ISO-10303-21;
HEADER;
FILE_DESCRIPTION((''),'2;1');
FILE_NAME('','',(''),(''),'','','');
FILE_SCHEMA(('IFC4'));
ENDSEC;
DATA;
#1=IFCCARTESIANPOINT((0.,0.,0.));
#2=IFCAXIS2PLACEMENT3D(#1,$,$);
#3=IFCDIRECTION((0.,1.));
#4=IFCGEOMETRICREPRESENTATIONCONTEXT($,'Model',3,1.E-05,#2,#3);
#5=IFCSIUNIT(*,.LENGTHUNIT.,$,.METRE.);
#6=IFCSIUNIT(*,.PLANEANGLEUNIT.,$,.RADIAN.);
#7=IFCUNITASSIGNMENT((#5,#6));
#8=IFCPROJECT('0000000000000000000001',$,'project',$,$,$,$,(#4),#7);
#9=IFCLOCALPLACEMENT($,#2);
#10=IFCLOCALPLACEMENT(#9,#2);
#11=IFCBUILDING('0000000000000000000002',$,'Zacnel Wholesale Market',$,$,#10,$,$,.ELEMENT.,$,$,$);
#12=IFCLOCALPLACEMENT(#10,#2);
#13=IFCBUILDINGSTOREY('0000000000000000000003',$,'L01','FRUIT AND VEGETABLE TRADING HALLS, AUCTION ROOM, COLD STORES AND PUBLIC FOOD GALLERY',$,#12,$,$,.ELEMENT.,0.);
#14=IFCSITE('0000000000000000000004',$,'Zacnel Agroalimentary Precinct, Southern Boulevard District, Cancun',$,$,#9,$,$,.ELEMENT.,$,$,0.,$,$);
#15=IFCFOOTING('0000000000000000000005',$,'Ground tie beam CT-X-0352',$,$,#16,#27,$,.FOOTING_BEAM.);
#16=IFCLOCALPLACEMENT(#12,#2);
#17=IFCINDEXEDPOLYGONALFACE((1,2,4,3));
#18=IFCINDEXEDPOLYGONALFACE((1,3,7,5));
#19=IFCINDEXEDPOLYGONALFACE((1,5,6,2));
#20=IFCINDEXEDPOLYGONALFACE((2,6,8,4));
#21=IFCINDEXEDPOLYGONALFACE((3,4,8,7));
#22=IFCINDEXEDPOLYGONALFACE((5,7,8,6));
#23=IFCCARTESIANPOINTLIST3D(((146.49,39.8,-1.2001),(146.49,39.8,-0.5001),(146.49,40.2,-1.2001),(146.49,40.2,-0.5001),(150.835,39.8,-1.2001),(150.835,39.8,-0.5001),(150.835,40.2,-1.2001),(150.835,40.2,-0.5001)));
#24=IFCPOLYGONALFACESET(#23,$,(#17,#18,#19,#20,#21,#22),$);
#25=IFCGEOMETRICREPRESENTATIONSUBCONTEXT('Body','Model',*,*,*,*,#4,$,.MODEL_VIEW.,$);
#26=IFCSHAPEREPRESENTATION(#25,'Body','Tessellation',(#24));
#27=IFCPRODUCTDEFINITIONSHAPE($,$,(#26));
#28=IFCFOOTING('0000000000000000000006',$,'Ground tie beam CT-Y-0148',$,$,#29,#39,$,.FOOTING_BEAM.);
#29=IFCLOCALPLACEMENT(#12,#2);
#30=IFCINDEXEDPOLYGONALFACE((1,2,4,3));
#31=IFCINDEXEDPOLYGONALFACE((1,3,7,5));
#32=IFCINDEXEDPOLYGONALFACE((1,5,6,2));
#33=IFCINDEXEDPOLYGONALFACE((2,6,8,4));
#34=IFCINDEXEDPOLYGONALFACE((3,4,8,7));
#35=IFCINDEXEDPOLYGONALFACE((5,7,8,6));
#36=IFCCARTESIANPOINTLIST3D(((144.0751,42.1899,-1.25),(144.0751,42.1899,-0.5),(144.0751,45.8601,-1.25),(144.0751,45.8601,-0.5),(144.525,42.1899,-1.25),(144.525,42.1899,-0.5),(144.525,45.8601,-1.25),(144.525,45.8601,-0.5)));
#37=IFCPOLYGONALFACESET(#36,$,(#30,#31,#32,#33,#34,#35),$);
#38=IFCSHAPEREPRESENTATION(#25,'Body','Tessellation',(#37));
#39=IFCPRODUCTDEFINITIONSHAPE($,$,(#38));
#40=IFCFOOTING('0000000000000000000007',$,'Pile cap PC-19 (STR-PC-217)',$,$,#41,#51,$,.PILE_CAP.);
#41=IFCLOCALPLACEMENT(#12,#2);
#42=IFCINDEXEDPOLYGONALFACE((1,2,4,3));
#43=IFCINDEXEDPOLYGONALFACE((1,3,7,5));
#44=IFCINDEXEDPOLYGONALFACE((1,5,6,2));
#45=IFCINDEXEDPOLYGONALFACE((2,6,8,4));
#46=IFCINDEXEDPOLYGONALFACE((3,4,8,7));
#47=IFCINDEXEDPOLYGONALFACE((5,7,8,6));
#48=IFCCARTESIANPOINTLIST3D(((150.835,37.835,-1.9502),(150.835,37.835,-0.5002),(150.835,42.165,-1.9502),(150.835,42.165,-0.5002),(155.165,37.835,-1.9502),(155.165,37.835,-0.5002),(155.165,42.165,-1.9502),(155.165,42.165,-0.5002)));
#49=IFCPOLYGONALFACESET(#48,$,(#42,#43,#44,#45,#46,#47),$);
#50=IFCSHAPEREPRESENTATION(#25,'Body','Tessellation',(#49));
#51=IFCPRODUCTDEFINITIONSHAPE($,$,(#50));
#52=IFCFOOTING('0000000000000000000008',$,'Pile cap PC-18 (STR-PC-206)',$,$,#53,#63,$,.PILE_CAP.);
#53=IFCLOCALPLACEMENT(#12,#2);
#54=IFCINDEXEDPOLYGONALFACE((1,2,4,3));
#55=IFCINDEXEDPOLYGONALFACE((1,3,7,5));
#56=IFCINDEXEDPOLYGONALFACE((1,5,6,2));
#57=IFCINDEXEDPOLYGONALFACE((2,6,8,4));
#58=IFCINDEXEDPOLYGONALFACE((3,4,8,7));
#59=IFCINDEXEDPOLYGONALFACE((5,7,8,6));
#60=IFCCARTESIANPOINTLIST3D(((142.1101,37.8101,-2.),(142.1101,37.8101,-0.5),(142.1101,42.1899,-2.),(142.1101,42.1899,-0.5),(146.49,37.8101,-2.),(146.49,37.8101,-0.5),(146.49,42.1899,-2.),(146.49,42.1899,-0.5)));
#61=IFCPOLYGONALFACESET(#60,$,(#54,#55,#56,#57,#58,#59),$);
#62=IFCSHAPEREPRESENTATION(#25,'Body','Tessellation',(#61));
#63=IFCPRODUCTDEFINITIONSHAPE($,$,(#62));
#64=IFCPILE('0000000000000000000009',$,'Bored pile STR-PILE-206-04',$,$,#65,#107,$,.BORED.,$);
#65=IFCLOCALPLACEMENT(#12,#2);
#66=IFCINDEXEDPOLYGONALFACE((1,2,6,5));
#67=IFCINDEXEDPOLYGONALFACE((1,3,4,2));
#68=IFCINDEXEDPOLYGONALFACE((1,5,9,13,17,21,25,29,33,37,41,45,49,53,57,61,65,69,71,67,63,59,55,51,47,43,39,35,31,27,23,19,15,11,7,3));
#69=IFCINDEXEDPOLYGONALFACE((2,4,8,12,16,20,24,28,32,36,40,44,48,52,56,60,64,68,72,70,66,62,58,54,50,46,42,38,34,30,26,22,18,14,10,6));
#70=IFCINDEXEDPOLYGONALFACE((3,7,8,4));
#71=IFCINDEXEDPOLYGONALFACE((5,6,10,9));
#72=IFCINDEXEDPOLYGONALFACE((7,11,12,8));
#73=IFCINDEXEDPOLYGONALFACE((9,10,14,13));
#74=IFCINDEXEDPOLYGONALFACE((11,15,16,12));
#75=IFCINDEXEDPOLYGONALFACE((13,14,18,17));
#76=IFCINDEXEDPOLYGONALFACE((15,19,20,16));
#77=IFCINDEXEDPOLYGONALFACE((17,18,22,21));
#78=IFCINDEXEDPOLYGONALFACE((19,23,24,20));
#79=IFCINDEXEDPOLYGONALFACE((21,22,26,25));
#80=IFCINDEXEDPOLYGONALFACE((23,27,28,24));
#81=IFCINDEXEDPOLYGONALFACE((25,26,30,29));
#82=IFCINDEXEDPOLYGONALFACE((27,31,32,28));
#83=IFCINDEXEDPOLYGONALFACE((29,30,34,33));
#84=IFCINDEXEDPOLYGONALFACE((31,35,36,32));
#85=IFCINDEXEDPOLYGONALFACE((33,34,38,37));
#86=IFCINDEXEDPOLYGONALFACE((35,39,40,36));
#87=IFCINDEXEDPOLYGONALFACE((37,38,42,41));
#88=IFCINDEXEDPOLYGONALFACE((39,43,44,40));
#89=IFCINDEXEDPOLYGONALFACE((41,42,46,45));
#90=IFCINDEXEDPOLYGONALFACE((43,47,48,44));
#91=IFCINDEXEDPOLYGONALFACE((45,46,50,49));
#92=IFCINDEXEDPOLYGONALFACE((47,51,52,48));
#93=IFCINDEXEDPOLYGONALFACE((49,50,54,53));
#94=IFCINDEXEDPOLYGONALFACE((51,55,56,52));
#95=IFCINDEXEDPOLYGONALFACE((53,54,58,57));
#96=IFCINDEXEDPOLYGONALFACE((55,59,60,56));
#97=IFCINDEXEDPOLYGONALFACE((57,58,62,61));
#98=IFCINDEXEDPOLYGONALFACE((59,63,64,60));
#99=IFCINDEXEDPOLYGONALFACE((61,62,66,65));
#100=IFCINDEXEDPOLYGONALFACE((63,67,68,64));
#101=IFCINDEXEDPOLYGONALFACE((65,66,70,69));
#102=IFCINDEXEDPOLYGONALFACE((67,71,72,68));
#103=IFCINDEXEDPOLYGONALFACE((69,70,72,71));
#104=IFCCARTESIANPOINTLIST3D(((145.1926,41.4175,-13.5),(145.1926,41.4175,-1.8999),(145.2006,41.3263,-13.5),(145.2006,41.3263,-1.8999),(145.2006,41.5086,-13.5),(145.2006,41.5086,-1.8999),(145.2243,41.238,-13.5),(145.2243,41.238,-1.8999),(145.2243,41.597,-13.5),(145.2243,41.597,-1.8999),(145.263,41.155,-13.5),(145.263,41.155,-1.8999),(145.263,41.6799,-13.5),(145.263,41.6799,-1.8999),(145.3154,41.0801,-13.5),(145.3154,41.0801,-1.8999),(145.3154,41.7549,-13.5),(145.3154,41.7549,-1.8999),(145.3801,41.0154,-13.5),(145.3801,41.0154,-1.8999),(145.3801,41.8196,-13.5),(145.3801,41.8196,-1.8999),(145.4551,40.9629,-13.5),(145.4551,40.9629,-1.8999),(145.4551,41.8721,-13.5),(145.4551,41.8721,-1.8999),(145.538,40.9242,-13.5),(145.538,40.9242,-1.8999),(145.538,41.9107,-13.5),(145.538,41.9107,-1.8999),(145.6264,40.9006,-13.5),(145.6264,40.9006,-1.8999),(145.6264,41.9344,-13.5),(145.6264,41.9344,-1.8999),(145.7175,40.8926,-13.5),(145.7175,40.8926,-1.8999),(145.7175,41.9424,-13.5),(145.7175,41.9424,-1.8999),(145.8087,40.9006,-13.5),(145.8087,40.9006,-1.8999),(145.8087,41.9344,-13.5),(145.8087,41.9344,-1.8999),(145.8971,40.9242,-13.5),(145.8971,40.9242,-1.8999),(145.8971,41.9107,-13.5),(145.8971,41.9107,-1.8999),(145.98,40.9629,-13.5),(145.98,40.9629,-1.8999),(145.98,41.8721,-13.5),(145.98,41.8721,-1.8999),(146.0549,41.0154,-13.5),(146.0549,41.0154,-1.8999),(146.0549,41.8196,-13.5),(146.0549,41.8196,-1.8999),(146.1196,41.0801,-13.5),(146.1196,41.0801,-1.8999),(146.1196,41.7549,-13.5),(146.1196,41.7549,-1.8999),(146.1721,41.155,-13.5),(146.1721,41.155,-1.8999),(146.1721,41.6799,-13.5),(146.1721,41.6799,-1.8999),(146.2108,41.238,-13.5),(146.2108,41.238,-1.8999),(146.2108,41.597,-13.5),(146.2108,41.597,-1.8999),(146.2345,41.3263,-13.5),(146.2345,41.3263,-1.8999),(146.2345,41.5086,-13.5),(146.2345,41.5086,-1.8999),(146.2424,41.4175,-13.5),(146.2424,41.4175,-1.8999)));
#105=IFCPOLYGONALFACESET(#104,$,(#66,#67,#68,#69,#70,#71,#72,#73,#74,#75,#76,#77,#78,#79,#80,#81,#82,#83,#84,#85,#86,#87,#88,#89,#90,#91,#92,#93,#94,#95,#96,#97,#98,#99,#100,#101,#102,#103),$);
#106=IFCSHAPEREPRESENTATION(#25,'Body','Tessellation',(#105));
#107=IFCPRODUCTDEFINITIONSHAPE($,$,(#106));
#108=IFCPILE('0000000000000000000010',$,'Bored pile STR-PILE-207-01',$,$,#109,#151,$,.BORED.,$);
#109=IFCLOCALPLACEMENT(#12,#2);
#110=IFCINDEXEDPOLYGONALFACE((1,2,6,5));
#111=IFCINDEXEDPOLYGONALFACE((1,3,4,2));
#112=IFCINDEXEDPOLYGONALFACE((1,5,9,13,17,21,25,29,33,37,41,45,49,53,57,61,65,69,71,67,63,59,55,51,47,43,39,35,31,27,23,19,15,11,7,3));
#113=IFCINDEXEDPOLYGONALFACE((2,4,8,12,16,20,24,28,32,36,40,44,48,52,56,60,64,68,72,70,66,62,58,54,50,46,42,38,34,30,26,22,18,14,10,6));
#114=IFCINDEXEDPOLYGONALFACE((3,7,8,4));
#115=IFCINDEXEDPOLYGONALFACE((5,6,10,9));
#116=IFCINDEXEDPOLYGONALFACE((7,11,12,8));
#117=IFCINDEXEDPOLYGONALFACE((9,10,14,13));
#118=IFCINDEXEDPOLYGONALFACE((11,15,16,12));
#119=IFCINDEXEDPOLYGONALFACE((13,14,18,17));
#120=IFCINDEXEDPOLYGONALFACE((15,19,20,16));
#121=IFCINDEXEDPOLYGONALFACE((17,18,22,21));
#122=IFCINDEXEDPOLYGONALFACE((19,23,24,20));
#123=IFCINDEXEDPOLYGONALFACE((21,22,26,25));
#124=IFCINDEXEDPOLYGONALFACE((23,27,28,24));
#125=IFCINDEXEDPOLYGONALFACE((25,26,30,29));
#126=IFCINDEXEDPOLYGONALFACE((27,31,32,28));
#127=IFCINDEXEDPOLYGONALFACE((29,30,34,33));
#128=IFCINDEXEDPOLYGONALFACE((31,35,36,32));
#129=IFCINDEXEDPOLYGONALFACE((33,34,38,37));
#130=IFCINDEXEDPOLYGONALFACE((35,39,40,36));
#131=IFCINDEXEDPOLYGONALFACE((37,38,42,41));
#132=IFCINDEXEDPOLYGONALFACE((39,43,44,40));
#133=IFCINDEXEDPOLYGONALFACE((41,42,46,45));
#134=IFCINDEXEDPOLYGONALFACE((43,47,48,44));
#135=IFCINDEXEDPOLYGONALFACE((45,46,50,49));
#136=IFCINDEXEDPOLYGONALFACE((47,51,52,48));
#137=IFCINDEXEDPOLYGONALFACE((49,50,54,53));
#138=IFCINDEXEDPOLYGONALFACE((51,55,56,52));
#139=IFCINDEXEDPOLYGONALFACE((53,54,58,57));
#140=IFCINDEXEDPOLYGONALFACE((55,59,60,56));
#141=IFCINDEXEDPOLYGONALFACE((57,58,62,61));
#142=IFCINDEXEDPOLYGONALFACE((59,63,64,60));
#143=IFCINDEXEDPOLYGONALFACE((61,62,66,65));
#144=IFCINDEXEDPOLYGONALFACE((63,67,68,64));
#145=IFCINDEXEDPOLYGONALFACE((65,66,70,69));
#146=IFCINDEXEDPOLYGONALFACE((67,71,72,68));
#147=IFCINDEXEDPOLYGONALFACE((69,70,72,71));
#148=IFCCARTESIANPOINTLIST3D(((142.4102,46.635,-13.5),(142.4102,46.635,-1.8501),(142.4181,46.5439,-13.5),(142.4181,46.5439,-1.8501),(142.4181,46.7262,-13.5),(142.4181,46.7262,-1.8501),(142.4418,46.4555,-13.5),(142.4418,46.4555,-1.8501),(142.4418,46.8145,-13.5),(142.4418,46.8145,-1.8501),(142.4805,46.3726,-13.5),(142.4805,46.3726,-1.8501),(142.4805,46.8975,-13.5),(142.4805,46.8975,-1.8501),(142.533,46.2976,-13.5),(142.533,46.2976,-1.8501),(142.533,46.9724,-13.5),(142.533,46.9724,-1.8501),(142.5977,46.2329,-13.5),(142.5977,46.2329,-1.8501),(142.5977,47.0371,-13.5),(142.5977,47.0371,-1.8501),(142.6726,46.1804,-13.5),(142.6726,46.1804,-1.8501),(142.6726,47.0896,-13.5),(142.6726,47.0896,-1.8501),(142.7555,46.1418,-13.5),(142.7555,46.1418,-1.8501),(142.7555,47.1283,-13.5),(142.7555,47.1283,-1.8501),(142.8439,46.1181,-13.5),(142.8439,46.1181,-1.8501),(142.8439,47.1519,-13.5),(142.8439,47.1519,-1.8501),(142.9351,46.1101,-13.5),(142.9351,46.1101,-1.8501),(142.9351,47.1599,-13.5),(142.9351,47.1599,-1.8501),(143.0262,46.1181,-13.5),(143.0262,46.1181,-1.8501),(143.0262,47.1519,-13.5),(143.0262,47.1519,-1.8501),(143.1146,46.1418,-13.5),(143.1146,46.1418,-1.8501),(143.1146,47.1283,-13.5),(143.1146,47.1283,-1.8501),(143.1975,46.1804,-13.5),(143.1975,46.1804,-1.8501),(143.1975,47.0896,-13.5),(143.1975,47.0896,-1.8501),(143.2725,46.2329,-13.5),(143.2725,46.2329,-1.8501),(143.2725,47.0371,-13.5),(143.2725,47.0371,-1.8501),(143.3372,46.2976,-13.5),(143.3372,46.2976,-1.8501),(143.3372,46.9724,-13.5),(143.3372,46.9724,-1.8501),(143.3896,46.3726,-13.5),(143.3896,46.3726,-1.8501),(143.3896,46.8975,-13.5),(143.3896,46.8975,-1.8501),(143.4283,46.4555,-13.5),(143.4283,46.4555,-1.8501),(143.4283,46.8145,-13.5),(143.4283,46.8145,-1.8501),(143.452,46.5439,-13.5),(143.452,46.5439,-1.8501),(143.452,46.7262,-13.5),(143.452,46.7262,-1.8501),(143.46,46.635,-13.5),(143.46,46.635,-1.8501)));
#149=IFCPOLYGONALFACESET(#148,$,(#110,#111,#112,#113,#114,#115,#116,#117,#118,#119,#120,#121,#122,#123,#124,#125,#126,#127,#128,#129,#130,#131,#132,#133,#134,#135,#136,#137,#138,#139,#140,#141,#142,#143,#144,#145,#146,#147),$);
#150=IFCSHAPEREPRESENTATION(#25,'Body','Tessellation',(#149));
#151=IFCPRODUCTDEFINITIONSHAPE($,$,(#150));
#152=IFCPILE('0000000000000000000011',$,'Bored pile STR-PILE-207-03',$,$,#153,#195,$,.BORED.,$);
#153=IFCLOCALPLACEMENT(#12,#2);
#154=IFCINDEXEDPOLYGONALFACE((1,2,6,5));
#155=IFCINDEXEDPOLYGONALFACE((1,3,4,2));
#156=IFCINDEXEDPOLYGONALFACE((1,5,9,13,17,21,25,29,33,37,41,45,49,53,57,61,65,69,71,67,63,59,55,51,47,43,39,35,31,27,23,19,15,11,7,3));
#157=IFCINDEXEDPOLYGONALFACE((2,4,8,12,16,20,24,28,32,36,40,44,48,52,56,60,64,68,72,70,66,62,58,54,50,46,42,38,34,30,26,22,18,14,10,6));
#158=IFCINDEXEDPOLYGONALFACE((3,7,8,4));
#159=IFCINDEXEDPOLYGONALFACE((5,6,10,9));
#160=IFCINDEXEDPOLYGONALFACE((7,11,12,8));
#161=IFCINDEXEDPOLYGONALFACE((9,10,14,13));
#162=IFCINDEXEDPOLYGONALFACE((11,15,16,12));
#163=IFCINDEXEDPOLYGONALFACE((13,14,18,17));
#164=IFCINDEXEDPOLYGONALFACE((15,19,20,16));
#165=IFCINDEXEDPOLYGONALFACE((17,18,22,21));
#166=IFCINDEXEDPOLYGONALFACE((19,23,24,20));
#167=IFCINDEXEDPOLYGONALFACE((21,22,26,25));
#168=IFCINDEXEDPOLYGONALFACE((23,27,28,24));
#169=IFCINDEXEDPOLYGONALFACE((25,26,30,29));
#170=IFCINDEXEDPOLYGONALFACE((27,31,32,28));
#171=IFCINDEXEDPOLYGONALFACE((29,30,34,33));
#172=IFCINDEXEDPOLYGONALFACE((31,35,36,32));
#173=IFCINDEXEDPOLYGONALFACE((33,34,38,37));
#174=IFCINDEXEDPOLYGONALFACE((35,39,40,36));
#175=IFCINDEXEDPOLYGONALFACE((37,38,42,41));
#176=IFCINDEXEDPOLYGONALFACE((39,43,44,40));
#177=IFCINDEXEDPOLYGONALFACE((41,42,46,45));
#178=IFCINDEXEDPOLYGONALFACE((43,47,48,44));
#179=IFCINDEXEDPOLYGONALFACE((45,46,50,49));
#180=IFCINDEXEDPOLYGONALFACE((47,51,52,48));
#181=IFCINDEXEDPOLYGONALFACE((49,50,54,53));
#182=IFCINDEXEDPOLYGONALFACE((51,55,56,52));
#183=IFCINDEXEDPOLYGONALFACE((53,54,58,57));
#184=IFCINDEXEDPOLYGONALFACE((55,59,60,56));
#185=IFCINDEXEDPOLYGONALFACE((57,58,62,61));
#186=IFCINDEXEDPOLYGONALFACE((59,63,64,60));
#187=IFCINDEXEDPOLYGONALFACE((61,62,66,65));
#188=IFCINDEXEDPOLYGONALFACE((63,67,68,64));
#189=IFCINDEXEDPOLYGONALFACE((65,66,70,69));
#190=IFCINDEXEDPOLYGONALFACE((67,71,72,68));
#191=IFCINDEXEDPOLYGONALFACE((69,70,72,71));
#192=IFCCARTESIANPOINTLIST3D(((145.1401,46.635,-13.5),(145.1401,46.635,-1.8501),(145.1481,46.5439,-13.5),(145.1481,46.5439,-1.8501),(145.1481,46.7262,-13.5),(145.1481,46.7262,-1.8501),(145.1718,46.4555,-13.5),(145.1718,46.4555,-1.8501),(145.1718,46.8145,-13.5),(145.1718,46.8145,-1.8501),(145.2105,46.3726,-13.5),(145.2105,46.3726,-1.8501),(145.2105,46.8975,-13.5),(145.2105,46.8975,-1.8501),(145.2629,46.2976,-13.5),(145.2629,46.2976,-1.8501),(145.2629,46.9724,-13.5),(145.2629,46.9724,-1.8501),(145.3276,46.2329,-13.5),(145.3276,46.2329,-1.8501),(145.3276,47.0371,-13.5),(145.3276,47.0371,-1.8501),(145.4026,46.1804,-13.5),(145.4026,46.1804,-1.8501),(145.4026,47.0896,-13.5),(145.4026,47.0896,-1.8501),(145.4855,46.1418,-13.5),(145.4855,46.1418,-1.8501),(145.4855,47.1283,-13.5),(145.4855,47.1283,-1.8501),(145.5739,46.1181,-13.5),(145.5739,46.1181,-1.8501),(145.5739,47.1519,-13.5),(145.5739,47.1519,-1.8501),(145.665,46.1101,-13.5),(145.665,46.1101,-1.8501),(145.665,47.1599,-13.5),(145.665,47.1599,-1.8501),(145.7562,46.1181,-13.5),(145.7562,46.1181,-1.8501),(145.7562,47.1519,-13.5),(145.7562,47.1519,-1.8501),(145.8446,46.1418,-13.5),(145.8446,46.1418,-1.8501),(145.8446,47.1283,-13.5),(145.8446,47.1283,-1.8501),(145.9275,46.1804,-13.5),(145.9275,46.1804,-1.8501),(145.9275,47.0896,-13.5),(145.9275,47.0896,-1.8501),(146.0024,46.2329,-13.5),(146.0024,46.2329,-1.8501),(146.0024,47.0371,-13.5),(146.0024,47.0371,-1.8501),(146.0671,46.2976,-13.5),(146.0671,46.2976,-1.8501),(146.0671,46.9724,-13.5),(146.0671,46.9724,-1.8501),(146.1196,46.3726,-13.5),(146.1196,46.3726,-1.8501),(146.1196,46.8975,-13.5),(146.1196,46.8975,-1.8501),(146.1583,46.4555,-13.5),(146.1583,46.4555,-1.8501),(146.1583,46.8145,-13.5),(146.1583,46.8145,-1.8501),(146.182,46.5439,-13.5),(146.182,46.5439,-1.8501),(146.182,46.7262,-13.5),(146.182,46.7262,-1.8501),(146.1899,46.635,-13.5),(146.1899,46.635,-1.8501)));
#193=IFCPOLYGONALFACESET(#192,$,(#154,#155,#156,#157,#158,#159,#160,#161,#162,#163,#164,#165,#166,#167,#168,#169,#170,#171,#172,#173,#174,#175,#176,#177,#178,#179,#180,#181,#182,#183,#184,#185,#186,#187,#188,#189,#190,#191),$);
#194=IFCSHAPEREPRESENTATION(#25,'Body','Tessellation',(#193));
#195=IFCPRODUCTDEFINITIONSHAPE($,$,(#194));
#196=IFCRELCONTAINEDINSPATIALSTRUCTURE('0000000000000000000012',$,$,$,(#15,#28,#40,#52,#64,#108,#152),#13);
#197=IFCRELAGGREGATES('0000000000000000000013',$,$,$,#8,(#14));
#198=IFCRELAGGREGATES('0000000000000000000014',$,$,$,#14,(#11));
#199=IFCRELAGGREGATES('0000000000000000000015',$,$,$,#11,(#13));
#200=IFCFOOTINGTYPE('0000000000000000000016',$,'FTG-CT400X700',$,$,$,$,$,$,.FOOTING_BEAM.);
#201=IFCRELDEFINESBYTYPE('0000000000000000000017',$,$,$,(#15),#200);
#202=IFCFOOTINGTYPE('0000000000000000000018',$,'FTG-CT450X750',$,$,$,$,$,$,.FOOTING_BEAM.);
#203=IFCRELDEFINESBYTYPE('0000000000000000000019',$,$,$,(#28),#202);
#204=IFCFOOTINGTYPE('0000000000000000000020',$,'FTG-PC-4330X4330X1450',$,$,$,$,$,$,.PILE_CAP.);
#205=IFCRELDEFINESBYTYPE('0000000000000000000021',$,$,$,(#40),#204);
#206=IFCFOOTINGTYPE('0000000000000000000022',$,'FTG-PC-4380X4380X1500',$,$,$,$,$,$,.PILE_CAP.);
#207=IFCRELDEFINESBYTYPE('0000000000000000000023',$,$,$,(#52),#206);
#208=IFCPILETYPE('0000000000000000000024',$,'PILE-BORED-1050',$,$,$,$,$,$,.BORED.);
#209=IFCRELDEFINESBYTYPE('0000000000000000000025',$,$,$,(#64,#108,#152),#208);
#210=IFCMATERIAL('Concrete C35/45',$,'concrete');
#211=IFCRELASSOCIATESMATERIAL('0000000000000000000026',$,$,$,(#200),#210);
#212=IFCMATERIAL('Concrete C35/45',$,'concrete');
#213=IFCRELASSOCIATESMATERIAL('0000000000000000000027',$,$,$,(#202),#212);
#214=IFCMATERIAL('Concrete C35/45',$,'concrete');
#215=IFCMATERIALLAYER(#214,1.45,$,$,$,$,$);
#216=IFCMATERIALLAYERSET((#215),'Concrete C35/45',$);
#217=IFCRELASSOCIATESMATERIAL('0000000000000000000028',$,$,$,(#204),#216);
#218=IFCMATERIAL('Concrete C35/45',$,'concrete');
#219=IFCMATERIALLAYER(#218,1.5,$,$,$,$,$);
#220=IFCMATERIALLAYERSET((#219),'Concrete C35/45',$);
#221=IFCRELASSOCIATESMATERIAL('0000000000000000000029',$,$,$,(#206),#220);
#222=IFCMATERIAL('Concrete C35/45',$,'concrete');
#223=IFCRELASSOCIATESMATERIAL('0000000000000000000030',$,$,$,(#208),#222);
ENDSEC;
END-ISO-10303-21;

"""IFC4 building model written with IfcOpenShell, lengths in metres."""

from ifc_helpers import new_model, si_unit, direction, frame, origin, origin_2d, place, context, subcontext, project, spatial, rectangle, circle, extrude, material, layer, layer_set, material_profile, profile_set, type_object, element, save


model = new_model("IFC4")

# Units and contexts
model_context = context("Model", 3, precision=1e-05, world=origin(), true_north=direction((0.0, 1.0)))
body_context = subcontext(model_context, "Body", "Model", "MODEL_VIEW")
ifc_project = project(units=[si_unit("LENGTHUNIT", "METRE"), si_unit("PLANEANGLEUNIT", "RADIAN")], contexts=[model_context])

# Site, building, storey
site_placement = place(None, origin())
site = spatial("IfcSite", under=ifc_project, at=site_placement, Name="Zacnel Agroalimentary Precinct, Southern Boulevard District, Cancun", CompositionType="ELEMENT", RefElevation=0.0)
building_placement = place(site_placement, origin())
building = spatial("IfcBuilding", under=site, at=building_placement, Name="Zacnel Wholesale Market", CompositionType="ELEMENT")
storey_placement = place(building_placement, origin())
storey = spatial("IfcBuildingStorey", under=building, at=storey_placement, Name="L01", Description="FRUIT AND VEGETABLE TRADING HALLS, AUCTION ROOM, COLD STORES AND PUBLIC FOOD GALLERY", CompositionType="ELEMENT", Elevation=0.0)

# Footings
ifc_material_1 = material(Name="Concrete C35/45", Category="concrete")
ifc_material_profile_1 = material_profile(ifc_material_1, rectangle(XDim=0.3999, YDim=0.7, at=origin_2d()), Name="CT 400x700")
ifc_profile_set_1 = profile_set([ifc_material_profile_1], Name="Concrete C35/45")
footing_type_1 = type_object("IfcFootingType", Name="FTG-CT400X700", PredefinedType="FOOTING_BEAM", material=ifc_profile_set_1)
footing_1_placement = place(storey_placement, frame((146.49, 40.0, -0.8501), z_axis=(1.0, 0.0, 0.0), x_axis=(0.0, 1.0, 0.0)))
element("IfcFooting", 1, at=footing_1_placement, inside=storey, type_object=footing_type_1, Name="Ground tie beam CT-X-0352", PredefinedType="FOOTING_BEAM", context=body_context, shape_type="SweptSolid", body=[
    extrude(rectangle(XDim=0.3999, YDim=0.7, at=origin_2d()), origin(), (0.0, 0.0, 1.0), 4.345),
])
ifc_material_2 = material(Name="Concrete C35/45", Category="concrete")
ifc_material_profile_2 = material_profile(ifc_material_2, rectangle(XDim=0.45, YDim=0.75, at=origin_2d()), Name="CT 450x750")
ifc_profile_set_2 = profile_set([ifc_material_profile_2], Name="Concrete C35/45")
footing_type_2 = type_object("IfcFootingType", Name="FTG-CT450X750", PredefinedType="FOOTING_BEAM", material=ifc_profile_set_2)
footing_2_placement = place(storey_placement, frame((144.3, 42.1899, -0.875), z_axis=(0.0, 1.0, 0.0), x_axis=(-1.0, 0.0, 0.0)))
element("IfcFooting", 2, at=footing_2_placement, inside=storey, type_object=footing_type_2, Name="Ground tie beam CT-Y-0148", PredefinedType="FOOTING_BEAM", context=body_context, shape_type="SweptSolid", body=[
    extrude(rectangle(XDim=0.45, YDim=0.75, at=origin_2d()), origin(), (0.0, 0.0, 1.0), 3.6702),
])
ifc_material_3 = material(Name="Concrete C35/45", Category="concrete")
ifc_layer_1 = layer(ifc_material_3, 1.45)
ifc_layer_set_1 = layer_set([ifc_layer_1], Name="Concrete C35/45")
footing_type_3 = type_object("IfcFootingType", Name="FTG-PC-4330X4330X1450", PredefinedType="PILE_CAP", material=ifc_layer_set_1)
footing_3_placement = place(storey_placement, frame((153.0, 40.0, -1.9502), z_axis=(0.0, 0.0, 1.0), x_axis=(1.0, 0.0, 0.0)))
element("IfcFooting", 3, at=footing_3_placement, inside=storey, type_object=footing_type_3, Name="Pile cap PC-19 (STR-PC-217)", PredefinedType="PILE_CAP", context=body_context, shape_type="SweptSolid", body=[
    extrude(rectangle(XDim=4.3301, YDim=4.3301, at=origin_2d()), origin(), (0.0, 0.0, 1.0), 1.45),
])
ifc_material_4 = material(Name="Concrete C35/45", Category="concrete")
ifc_layer_2 = layer(ifc_material_4, 1.5)
ifc_layer_set_2 = layer_set([ifc_layer_2], Name="Concrete C35/45")
footing_type_4 = type_object("IfcFootingType", Name="FTG-PC-4380X4380X1500", PredefinedType="PILE_CAP", material=ifc_layer_set_2)
footing_4_placement = place(storey_placement, frame((144.3, 40.0, -2.0), z_axis=(0.0, 0.0, 1.0), x_axis=(1.0, 0.0, 0.0)))
element("IfcFooting", 4, at=footing_4_placement, inside=storey, type_object=footing_type_4, Name="Pile cap PC-18 (STR-PC-206)", PredefinedType="PILE_CAP", context=body_context, shape_type="SweptSolid", body=[
    extrude(rectangle(XDim=4.3799, YDim=4.3799, at=origin_2d()), origin(), (0.0, 0.0, 1.0), 1.5),
])

# Piles
ifc_material_5 = material(Name="Concrete C35/45", Category="concrete")
ifc_material_profile_3 = material_profile(ifc_material_5, circle(Radius=0.5249, at=origin_2d()), Name="BORED PILE D1050")
ifc_profile_set_3 = profile_set([ifc_material_profile_3], Name="Concrete C35/45")
pile_type = type_object("IfcPileType", Name="PILE-BORED-1050", PredefinedType="BORED", material=ifc_profile_set_3)
pile_1_placement = place(storey_placement, frame((145.7175, 41.4175, -1.8999), z_axis=(0.0, 0.0, -1.0), x_axis=(1.0, 0.0, 0.0)))
element("IfcPile", 5, at=pile_1_placement, inside=storey, type_object=pile_type, Name="Bored pile STR-PILE-206-04", PredefinedType="BORED", context=body_context, shape_type="SweptSolid", body=[
    extrude(circle(Radius=0.5249, at=origin_2d()), origin(), (0.0, 0.0, 1.0), 11.6001),
])
for number, where, z_axis, x_axis, name in (
    (6, (142.9351, 46.635, -1.8501), (0.0, 0.0, -1.0), (1.0, 0.0, 0.0), "Bored pile STR-PILE-207-01"),
    (7, (145.665, 46.635, -1.8501), (0.0, 0.0, -1.0), (1.0, 0.0, 0.0), "Bored pile STR-PILE-207-03"),
):
    element("IfcPile", number, at=place(storey_placement, frame(where, z_axis=z_axis, x_axis=x_axis)), inside=storey, type_object=pile_type, Name=name, PredefinedType="BORED", context=body_context, shape_type="SweptSolid", body=[
        extrude(circle(Radius=0.5249, at=origin_2d()), origin(), (0.0, 0.0, 1.0), 11.6499),
    ])

save(model, "model.ifc")
